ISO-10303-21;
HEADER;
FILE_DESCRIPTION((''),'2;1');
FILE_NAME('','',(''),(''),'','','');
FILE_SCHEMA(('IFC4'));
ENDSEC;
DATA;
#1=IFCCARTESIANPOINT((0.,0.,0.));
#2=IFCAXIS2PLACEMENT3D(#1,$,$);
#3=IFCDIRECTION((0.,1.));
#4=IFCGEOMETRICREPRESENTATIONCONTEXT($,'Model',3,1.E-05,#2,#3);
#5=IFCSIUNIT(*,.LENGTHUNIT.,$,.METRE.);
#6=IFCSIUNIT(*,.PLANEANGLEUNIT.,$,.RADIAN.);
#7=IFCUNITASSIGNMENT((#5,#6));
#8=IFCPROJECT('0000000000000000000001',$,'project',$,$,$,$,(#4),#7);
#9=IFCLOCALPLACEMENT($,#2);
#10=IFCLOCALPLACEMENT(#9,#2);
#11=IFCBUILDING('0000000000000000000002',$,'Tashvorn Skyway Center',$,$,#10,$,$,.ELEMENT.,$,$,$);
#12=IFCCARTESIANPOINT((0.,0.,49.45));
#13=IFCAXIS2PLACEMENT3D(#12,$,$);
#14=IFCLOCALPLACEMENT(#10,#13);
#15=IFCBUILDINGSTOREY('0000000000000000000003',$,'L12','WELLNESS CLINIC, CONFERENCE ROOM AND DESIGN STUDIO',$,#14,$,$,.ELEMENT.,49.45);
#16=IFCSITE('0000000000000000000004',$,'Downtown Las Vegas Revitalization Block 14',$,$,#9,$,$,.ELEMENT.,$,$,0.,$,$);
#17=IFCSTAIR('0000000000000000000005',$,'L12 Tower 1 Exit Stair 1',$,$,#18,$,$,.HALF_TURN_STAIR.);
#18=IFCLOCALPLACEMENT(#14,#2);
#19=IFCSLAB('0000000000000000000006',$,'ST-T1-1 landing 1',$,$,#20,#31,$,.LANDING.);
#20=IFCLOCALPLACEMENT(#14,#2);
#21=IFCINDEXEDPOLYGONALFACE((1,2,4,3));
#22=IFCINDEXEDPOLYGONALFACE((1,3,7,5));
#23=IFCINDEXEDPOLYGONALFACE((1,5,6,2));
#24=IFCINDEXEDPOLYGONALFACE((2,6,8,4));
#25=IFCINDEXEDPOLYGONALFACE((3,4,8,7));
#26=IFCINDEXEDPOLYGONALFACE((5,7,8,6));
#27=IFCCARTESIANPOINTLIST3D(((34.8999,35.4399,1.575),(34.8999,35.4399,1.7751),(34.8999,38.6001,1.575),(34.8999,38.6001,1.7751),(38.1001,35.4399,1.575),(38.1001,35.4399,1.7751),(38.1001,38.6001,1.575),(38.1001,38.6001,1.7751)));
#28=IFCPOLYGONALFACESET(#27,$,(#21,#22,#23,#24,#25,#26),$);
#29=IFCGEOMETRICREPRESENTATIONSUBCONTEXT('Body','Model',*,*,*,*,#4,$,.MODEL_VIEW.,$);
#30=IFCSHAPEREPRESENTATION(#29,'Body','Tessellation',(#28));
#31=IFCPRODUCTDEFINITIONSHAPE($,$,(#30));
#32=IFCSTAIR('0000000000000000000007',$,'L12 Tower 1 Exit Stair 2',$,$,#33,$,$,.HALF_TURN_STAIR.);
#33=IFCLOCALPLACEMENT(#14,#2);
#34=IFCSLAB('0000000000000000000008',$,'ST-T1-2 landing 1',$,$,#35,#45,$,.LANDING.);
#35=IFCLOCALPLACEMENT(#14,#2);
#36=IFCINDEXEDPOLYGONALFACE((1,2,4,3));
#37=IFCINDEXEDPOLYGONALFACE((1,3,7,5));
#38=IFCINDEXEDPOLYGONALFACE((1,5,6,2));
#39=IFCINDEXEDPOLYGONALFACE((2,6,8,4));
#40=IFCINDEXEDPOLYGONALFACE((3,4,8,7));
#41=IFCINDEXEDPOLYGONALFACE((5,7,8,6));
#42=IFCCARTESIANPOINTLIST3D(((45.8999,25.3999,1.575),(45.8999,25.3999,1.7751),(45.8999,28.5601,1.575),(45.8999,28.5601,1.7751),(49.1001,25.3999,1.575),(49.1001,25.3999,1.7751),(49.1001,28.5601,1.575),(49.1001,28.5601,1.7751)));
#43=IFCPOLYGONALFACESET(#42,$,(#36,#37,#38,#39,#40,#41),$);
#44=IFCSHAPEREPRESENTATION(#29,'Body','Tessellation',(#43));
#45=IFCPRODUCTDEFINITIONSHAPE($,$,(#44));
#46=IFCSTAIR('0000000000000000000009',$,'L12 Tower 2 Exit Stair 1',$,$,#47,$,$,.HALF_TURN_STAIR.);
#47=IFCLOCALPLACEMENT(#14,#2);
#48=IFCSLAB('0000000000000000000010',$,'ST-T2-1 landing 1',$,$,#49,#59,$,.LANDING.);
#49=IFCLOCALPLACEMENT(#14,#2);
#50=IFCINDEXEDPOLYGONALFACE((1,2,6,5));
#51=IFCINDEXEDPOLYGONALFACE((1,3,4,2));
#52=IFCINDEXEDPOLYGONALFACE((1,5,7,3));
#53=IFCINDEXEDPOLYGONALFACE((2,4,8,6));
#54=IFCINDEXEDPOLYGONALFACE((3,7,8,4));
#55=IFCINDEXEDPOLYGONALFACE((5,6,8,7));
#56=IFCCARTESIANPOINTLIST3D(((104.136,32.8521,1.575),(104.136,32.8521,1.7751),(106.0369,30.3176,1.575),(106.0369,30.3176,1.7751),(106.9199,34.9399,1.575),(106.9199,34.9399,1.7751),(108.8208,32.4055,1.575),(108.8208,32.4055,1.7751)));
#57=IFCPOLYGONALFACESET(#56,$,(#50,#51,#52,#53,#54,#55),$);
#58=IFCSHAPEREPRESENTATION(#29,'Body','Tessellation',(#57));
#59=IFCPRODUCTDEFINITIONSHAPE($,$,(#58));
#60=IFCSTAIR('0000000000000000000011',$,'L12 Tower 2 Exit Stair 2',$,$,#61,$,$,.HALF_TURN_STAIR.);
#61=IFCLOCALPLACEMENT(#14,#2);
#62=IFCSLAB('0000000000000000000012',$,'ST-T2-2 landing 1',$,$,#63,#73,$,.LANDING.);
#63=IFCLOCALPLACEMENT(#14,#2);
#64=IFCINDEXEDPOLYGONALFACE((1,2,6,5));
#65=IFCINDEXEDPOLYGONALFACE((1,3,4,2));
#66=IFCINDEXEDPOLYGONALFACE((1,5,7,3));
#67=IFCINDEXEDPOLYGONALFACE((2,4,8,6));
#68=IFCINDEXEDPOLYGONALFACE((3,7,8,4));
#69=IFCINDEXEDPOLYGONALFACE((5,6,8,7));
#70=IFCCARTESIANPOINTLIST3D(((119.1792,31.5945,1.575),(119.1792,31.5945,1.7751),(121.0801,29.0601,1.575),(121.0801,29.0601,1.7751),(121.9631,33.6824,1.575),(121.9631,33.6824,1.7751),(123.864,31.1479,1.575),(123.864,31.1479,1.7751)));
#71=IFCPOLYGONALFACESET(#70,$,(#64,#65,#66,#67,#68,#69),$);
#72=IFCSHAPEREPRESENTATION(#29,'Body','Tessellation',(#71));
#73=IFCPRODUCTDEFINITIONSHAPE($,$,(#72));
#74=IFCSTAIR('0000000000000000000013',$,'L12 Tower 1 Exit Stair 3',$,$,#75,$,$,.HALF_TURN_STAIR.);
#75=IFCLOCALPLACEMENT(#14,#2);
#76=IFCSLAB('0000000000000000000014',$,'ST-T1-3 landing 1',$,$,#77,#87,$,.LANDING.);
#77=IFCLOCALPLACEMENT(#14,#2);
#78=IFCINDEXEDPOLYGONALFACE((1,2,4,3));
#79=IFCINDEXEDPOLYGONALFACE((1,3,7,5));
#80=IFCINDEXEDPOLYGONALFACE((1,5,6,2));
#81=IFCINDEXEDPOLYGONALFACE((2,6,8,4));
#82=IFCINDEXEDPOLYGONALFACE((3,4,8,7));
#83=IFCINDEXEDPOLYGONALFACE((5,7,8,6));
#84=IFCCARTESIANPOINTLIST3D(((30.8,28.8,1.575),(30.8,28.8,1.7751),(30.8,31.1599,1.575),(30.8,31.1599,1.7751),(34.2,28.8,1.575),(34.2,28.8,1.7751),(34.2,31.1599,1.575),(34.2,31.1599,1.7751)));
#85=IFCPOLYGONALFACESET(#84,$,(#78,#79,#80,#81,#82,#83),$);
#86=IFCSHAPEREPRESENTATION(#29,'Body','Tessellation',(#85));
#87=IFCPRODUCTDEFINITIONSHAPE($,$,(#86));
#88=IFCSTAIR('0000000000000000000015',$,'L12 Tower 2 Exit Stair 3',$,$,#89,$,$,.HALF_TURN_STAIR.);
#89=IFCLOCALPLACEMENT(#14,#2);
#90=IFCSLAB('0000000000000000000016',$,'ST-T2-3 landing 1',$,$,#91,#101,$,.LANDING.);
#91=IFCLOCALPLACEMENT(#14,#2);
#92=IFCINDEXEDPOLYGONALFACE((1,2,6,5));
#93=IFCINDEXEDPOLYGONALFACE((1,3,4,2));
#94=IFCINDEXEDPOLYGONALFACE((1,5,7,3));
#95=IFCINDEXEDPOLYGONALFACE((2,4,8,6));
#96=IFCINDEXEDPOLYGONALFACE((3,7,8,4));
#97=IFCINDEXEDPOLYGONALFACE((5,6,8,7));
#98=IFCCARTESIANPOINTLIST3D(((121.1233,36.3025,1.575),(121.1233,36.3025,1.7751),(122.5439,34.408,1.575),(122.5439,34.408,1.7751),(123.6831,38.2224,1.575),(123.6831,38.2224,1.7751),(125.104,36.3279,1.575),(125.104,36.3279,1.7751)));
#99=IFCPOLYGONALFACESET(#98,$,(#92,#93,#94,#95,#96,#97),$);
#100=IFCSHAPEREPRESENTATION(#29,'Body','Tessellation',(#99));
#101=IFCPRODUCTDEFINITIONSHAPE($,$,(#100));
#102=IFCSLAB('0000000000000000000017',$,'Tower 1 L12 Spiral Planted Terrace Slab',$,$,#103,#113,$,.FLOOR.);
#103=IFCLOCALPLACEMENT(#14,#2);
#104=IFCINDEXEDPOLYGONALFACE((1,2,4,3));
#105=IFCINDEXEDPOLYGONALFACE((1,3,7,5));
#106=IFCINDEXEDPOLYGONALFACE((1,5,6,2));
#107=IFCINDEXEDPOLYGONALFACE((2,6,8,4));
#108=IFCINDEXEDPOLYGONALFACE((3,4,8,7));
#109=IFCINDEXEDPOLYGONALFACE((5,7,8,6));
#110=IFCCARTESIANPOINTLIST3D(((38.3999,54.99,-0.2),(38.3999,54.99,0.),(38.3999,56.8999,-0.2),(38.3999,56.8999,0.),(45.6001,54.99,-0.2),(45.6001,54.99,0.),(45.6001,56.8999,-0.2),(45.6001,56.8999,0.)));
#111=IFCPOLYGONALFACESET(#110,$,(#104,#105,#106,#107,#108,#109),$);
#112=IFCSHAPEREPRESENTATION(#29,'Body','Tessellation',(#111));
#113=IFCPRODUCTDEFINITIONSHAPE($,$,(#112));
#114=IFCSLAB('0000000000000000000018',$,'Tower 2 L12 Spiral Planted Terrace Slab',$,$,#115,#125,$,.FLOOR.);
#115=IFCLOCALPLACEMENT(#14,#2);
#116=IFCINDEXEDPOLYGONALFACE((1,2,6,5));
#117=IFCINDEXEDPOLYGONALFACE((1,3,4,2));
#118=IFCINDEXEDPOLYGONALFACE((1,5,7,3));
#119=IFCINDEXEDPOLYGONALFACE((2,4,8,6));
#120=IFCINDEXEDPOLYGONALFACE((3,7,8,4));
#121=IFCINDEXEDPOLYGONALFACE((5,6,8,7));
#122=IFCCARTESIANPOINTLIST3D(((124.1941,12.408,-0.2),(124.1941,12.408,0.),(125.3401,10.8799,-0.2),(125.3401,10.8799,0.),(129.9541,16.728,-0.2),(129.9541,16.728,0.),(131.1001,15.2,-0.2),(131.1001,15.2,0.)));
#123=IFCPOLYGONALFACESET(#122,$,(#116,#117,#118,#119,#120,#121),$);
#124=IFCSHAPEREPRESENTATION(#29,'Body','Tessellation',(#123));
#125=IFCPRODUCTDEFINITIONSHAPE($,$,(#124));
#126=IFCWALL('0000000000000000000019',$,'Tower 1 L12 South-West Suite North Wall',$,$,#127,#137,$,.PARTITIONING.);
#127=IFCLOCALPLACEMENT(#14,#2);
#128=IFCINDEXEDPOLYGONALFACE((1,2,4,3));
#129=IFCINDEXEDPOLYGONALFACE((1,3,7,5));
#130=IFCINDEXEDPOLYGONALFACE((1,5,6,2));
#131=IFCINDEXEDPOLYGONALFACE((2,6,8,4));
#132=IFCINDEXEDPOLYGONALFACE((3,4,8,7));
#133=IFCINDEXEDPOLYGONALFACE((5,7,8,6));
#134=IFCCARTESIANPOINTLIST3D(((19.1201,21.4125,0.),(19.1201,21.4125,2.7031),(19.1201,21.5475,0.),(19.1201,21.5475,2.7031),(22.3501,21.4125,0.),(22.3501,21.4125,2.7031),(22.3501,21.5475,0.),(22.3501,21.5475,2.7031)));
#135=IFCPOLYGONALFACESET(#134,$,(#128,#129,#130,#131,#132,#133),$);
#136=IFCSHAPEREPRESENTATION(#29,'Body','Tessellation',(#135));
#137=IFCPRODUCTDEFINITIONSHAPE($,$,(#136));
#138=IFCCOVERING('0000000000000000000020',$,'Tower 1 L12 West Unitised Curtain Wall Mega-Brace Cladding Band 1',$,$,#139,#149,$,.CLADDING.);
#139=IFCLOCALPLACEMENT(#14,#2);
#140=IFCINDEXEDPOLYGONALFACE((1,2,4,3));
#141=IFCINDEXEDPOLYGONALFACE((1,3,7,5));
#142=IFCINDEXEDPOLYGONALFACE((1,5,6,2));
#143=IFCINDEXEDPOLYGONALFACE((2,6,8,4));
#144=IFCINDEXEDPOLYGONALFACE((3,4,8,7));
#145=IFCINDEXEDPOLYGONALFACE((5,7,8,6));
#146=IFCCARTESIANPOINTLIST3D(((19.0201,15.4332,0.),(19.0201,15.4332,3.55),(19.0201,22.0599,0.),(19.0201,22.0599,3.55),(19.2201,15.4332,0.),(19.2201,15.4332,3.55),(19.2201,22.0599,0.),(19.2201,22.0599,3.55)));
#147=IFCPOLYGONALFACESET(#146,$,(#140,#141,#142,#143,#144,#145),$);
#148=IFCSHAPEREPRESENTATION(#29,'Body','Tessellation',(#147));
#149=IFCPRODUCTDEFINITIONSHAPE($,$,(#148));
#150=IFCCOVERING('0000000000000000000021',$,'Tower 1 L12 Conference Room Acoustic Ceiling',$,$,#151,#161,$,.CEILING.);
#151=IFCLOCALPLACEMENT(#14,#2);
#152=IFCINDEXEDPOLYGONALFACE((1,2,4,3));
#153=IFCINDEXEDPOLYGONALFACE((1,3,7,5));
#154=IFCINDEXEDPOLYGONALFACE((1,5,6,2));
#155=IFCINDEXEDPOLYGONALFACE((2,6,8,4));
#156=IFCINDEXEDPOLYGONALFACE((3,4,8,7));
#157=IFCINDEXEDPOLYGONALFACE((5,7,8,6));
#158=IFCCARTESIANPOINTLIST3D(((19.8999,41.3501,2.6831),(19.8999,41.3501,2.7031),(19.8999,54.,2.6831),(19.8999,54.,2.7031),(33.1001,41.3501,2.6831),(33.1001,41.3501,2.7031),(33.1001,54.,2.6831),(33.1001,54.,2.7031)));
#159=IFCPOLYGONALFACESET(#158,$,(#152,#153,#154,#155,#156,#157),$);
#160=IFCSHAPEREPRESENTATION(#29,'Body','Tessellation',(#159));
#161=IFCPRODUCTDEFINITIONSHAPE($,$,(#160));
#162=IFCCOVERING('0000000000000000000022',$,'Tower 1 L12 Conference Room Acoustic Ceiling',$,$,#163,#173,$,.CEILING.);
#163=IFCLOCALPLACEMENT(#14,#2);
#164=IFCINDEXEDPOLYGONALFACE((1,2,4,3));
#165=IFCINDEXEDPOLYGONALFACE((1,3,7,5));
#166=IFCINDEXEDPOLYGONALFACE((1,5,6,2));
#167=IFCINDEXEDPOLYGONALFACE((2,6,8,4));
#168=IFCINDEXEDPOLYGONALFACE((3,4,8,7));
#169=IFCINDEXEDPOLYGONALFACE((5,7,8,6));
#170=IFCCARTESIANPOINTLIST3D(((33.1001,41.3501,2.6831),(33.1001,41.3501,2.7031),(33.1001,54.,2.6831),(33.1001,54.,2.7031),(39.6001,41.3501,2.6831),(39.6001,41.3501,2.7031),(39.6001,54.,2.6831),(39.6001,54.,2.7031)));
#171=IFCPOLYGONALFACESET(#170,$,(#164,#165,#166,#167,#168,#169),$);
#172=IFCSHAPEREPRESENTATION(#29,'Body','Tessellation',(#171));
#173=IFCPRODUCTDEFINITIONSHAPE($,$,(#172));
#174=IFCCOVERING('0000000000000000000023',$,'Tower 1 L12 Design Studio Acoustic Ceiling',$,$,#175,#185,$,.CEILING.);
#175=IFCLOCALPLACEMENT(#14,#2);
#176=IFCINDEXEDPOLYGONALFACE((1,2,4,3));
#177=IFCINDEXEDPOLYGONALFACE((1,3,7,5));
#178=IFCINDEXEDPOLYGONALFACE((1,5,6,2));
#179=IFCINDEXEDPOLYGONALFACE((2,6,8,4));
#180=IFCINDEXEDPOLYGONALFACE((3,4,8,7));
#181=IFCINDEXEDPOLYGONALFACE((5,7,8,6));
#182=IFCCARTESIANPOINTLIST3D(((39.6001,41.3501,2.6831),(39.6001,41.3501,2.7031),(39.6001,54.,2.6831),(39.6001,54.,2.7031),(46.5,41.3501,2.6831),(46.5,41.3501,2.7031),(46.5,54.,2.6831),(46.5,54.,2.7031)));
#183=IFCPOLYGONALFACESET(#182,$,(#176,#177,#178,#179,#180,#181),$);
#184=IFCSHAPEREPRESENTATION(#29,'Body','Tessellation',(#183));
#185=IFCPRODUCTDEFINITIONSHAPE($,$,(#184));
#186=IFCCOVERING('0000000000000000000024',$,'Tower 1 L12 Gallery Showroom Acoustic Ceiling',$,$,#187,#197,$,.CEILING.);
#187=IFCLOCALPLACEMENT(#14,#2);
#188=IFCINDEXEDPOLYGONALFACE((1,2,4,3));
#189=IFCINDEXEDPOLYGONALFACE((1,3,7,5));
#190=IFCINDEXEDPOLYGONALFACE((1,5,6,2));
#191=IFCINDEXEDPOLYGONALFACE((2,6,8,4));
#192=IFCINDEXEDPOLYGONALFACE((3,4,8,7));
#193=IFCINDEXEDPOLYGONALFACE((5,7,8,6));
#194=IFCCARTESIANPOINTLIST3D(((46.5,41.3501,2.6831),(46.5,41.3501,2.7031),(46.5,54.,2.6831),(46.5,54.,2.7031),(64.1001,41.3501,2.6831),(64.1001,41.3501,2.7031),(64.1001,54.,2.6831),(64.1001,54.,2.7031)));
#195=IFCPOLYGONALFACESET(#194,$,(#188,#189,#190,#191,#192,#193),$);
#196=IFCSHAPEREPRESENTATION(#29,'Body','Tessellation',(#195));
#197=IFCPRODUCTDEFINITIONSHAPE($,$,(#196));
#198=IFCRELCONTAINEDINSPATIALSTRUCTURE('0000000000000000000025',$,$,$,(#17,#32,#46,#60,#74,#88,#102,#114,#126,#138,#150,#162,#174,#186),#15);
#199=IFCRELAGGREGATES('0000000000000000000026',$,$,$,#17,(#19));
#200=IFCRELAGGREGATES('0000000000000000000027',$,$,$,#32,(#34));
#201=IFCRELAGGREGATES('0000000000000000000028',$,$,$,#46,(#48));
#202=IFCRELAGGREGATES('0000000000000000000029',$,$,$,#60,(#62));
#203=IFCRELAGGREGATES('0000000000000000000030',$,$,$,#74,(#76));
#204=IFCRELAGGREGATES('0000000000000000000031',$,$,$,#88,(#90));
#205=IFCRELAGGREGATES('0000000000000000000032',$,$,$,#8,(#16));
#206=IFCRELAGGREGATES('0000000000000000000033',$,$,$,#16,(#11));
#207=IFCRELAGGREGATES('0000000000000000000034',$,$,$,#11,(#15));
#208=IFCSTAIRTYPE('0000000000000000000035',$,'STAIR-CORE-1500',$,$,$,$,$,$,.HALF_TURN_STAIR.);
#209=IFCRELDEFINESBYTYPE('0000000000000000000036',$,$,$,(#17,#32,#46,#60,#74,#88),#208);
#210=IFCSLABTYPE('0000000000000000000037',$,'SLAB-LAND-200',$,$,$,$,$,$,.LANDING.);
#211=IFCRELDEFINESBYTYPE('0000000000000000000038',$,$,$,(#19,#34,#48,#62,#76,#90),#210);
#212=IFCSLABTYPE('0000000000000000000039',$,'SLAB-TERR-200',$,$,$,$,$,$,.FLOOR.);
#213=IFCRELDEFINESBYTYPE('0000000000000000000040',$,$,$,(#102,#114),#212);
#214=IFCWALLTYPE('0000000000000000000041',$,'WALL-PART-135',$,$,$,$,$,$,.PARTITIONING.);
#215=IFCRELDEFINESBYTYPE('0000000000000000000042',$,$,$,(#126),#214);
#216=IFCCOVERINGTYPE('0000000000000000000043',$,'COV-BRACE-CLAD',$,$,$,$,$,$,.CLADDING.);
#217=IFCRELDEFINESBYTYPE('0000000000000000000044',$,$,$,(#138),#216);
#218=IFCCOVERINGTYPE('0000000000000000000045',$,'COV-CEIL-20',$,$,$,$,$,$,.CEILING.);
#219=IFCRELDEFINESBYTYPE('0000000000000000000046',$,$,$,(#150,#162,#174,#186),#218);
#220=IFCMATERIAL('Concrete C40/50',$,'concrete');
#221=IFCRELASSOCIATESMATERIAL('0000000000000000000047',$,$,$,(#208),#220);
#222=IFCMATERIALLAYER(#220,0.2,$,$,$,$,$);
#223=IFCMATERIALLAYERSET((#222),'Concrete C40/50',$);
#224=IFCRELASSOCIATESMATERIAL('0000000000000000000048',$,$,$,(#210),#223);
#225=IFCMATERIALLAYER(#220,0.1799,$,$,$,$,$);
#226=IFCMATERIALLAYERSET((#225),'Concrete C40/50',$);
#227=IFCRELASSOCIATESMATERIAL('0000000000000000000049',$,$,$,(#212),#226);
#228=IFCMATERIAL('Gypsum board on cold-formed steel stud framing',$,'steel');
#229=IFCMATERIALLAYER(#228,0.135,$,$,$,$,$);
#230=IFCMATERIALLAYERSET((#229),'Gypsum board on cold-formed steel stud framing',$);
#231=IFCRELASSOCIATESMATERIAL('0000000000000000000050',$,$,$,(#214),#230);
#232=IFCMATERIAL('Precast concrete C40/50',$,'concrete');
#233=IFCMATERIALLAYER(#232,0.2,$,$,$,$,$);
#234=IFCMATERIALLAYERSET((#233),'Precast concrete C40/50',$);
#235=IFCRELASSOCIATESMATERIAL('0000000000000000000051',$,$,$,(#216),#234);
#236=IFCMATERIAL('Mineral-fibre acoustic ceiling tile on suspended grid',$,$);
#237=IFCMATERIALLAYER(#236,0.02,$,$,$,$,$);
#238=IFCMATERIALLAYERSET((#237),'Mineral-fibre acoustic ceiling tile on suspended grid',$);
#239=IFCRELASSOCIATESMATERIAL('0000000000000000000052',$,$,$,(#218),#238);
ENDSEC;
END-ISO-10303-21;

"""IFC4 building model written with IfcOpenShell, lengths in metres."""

from ifc_helpers import new_model, si_unit, direction, frame, frame_2d, origin, origin_2d, place, context, subcontext, project, spatial, polyline, rectangle, outline, extrude, material, layer, layer_set, type_object, element, aggregate, save


model = new_model("IFC4")

# Units and contexts
model_context = context("Model", 3, precision=1e-05, world=origin(), true_north=direction((0.0, 1.0)))
body_context = subcontext(model_context, "Body", "Model", "MODEL_VIEW")
ifc_project = project(units=[si_unit("LENGTHUNIT", "METRE"), si_unit("PLANEANGLEUNIT", "RADIAN")], contexts=[model_context])

# Site, building, storey
site_placement = place(None, origin())
site = spatial("IfcSite", under=ifc_project, at=site_placement, Name="Downtown Las Vegas Revitalization Block 14", CompositionType="ELEMENT", RefElevation=0.0)
building_placement = place(site_placement, origin())
building = spatial("IfcBuilding", under=site, at=building_placement, Name="Tashvorn Skyway Center", CompositionType="ELEMENT")
storey_placement = place(building_placement, frame((0.0, 0.0, 49.45)))
storey = spatial("IfcBuildingStorey", under=building, at=storey_placement, Name="L12", Description="WELLNESS CLINIC, CONFERENCE ROOM AND DESIGN STUDIO", CompositionType="ELEMENT", Elevation=49.45)

# Shared definitions
ifc_material_1 = material(Name="Concrete C40/50", Category="concrete")

# Stairs, slabs
stair_type = type_object("IfcStairType", Name="STAIR-CORE-1500", PredefinedType="HALF_TURN_STAIR", material=ifc_material_1)
stair_1_placement = place(storey_placement, origin())
stair_1 = element("IfcStair", 1, at=stair_1_placement, inside=storey, type_object=stair_type, Name="L12 Tower 1 Exit Stair 1", PredefinedType="HALF_TURN_STAIR")
ifc_layer_1 = layer(ifc_material_1, 0.2)
ifc_layer_set_1 = layer_set([ifc_layer_1], Name="Concrete C40/50")
slab_type_1 = type_object("IfcSlabType", Name="SLAB-LAND-200", PredefinedType="LANDING", material=ifc_layer_set_1)
slab_1_placement = place(storey_placement, frame((0.0, 0.0, 1.575)))
slab_1 = element("IfcSlab", 2, at=slab_1_placement, type_object=slab_type_1, Name="ST-T1-1 landing 1", PredefinedType="LANDING", context=body_context, shape_type="SweptSolid", body=[
    extrude(outline(polyline([(38.1001, 35.4399), (38.1001, 38.6001), (34.8999, 38.6001), (34.8999, 35.4399), (38.1001, 35.4399)])), origin(), (0.0, 0.0, 1.0), 0.2002),
])
aggregate(stair_1, [slab_1])
stair_2_placement = place(storey_placement, origin())
stair_2 = element("IfcStair", 3, at=stair_2_placement, inside=storey, type_object=stair_type, Name="L12 Tower 1 Exit Stair 2", PredefinedType="HALF_TURN_STAIR")
slab_2_placement = place(storey_placement, frame((0.0, 0.0, 1.575)))
slab_2 = element("IfcSlab", 4, at=slab_2_placement, type_object=slab_type_1, Name="ST-T1-2 landing 1", PredefinedType="LANDING", context=body_context, shape_type="SweptSolid", body=[
    extrude(outline(polyline([(45.8999, 28.5601), (45.8999, 25.3999), (49.1001, 25.3999), (49.1001, 28.5601), (45.8999, 28.5601)])), origin(), (0.0, 0.0, 1.0), 0.2002),
])
aggregate(stair_2, [slab_2])
stair_3_placement = place(storey_placement, origin())
stair_3 = element("IfcStair", 5, at=stair_3_placement, inside=storey, type_object=stair_type, Name="L12 Tower 2 Exit Stair 1", PredefinedType="HALF_TURN_STAIR")
slab_3_placement = place(storey_placement, frame((0.0, 0.0, 1.575)))
slab_3 = element("IfcSlab", 6, at=slab_3_placement, type_object=slab_type_1, Name="ST-T2-1 landing 1", PredefinedType="LANDING", context=body_context, shape_type="SweptSolid", body=[
    extrude(outline(polyline([(108.8208, 32.4055), (106.9199, 34.9399), (104.136, 32.8521), (106.0369, 30.3176), (108.8208, 32.4055)])), origin(), (0.0, 0.0, 1.0), 0.2002),
])
aggregate(stair_3, [slab_3])
stair_4_placement = place(storey_placement, origin())
stair_4 = element("IfcStair", 7, at=stair_4_placement, inside=storey, type_object=stair_type, Name="L12 Tower 2 Exit Stair 2", PredefinedType="HALF_TURN_STAIR")
slab_4_placement = place(storey_placement, frame((0.0, 0.0, 1.575)))
slab_4 = element("IfcSlab", 8, at=slab_4_placement, type_object=slab_type_1, Name="ST-T2-2 landing 1", PredefinedType="LANDING", context=body_context, shape_type="SweptSolid", body=[
    extrude(outline(polyline([(119.1792, 31.5945), (121.0801, 29.0601), (123.864, 31.1479), (121.9631, 33.6824), (119.1792, 31.5945)])), origin(), (0.0, 0.0, 1.0), 0.2002),
])
aggregate(stair_4, [slab_4])
stair_5_placement = place(storey_placement, origin())
stair_5 = element("IfcStair", 9, at=stair_5_placement, inside=storey, type_object=stair_type, Name="L12 Tower 1 Exit Stair 3", PredefinedType="HALF_TURN_STAIR")
slab_5_placement = place(storey_placement, frame((0.0, 0.0, 1.575)))
slab_5 = element("IfcSlab", 10, at=slab_5_placement, type_object=slab_type_1, Name="ST-T1-3 landing 1", PredefinedType="LANDING", context=body_context, shape_type="SweptSolid", body=[
    extrude(outline(polyline([(30.8, 31.1599), (30.8, 28.8), (34.2, 28.8), (34.2, 31.1599), (30.8, 31.1599)])), origin(), (0.0, 0.0, 1.0), 0.2002),
])
aggregate(stair_5, [slab_5])
stair_6_placement = place(storey_placement, origin())
stair_6 = element("IfcStair", 11, at=stair_6_placement, inside=storey, type_object=stair_type, Name="L12 Tower 2 Exit Stair 3", PredefinedType="HALF_TURN_STAIR")
slab_6_placement = place(storey_placement, frame((0.0, 0.0, 1.575)))
slab_6 = element("IfcSlab", 12, at=slab_6_placement, type_object=slab_type_1, Name="ST-T2-3 landing 1", PredefinedType="LANDING", context=body_context, shape_type="SweptSolid", body=[
    extrude(outline(polyline([(121.1233, 36.3025), (122.5439, 34.408), (125.104, 36.3279), (123.6831, 38.2224), (121.1233, 36.3025)])), origin(), (0.0, 0.0, 1.0), 0.2002),
])
aggregate(stair_6, [slab_6])

# Slabs
ifc_layer_2 = layer(ifc_material_1, 0.1799)
ifc_layer_set_2 = layer_set([ifc_layer_2], Name="Concrete C40/50")
slab_type_2 = type_object("IfcSlabType", Name="SLAB-TERR-200", PredefinedType="FLOOR", material=ifc_layer_set_2)
slab_7_placement = place(storey_placement, frame((0.0, 0.0, -0.2)))
element("IfcSlab", 13, at=slab_7_placement, inside=storey, type_object=slab_type_2, Name="Tower 1 L12 Spiral Planted Terrace Slab", PredefinedType="FLOOR", context=body_context, shape_type="SweptSolid", body=[
    extrude(outline(polyline([(38.3999, 54.99), (45.6001, 54.99), (45.6001, 56.8999), (38.3999, 56.8999), (38.3999, 54.99)])), origin(), (0.0, 0.0, 1.0), 0.2),
])
slab_8_placement = place(storey_placement, frame((0.0, 0.0, -0.2)))
element("IfcSlab", 14, at=slab_8_placement, inside=storey, type_object=slab_type_2, Name="Tower 2 L12 Spiral Planted Terrace Slab", PredefinedType="FLOOR", context=body_context, shape_type="SweptSolid", body=[
    extrude(outline(polyline([(125.3401, 10.8799), (131.1001, 15.2), (129.9541, 16.728), (124.1941, 12.408), (125.3401, 10.8799)])), origin(), (0.0, 0.0, 1.0), 0.2),
])

# Wall
ifc_material_2 = material(Name="Gypsum board on cold-formed steel stud framing", Category="steel")
ifc_layer_3 = layer(ifc_material_2, 0.135)
ifc_layer_set_3 = layer_set([ifc_layer_3], Name="Gypsum board on cold-formed steel stud framing")
wall_type = type_object("IfcWallType", Name="WALL-PART-135", PredefinedType="PARTITIONING", material=ifc_layer_set_3)
wall_placement = place(storey_placement, frame((19.1201, 21.48, 0.0), z_axis=(0.0, 0.0, 1.0), x_axis=(1.0, 0.0, 0.0)))
element("IfcWall", 15, at=wall_placement, inside=storey, type_object=wall_type, Name="Tower 1 L12 South-West Suite North Wall", PredefinedType="PARTITIONING", context=body_context, shape_type="SweptSolid", body=[
    extrude(rectangle(XDim=3.23, YDim=0.135, at=frame_2d((1.615, 0.0))), origin(), (0.0, 0.0, 1.0), 2.7031),
])

# Coverings
ifc_material_3 = material(Name="Precast concrete C40/50", Category="concrete")
ifc_layer_4 = layer(ifc_material_3, 0.2)
ifc_layer_set_4 = layer_set([ifc_layer_4], Name="Precast concrete C40/50")
covering_type_1 = type_object("IfcCoveringType", Name="COV-BRACE-CLAD", PredefinedType="CLADDING", material=ifc_layer_set_4)
covering_1_placement = place(storey_placement, frame((19.1201, 18.7466, 0.0), z_axis=(0.0, 0.0, 1.0), x_axis=(0.0, 1.0, 0.0)))
element("IfcCovering", 16, at=covering_1_placement, inside=storey, type_object=covering_type_1, Name="Tower 1 L12 West Unitised Curtain Wall Mega-Brace Cladding Band 1", PredefinedType="CLADDING", context=body_context, shape_type="SweptSolid", body=[
    extrude(rectangle(XDim=6.6267, YDim=0.2, at=origin_2d()), origin(), (0.0, 0.0, 1.0), 3.55),
])
ifc_material_4 = material(Name="Mineral-fibre acoustic ceiling tile on suspended grid")
ifc_layer_5 = layer(ifc_material_4, 0.02)
ifc_layer_set_5 = layer_set([ifc_layer_5], Name="Mineral-fibre acoustic ceiling tile on suspended grid")
covering_type_2 = type_object("IfcCoveringType", Name="COV-CEIL-20", PredefinedType="CEILING", material=ifc_layer_set_5)
covering_2_placement = place(storey_placement, frame((0.0, 0.0, 2.6831)))
element("IfcCovering", 17, at=covering_2_placement, inside=storey, type_object=covering_type_2, Name="Tower 1 L12 Conference Room Acoustic Ceiling", PredefinedType="CEILING", context=body_context, shape_type="SweptSolid", body=[
    extrude(outline(polyline([(19.8999, 41.3501), (33.1001, 41.3501), (33.1001, 54.0), (19.8999, 54.0), (19.8999, 41.3501)])), origin(), (0.0, 0.0, 1.0), 0.02),
])
covering_3_placement = place(storey_placement, frame((0.0, 0.0, 2.6831)))
element("IfcCovering", 18, at=covering_3_placement, inside=storey, type_object=covering_type_2, Name="Tower 1 L12 Conference Room Acoustic Ceiling", PredefinedType="CEILING", context=body_context, shape_type="SweptSolid", body=[
    extrude(outline(polyline([(33.1001, 41.3501), (39.6001, 41.3501), (39.6001, 54.0), (33.1001, 54.0), (33.1001, 41.3501)])), origin(), (0.0, 0.0, 1.0), 0.02),
])
covering_4_placement = place(storey_placement, frame((0.0, 0.0, 2.6831)))
element("IfcCovering", 19, at=covering_4_placement, inside=storey, type_object=covering_type_2, Name="Tower 1 L12 Design Studio Acoustic Ceiling", PredefinedType="CEILING", context=body_context, shape_type="SweptSolid", body=[
    extrude(outline(polyline([(39.6001, 41.3501), (46.5, 41.3501), (46.5, 54.0), (39.6001, 54.0), (39.6001, 41.3501)])), origin(), (0.0, 0.0, 1.0), 0.02),
])
covering_5_placement = place(storey_placement, frame((0.0, 0.0, 2.6831)))
element("IfcCovering", 20, at=covering_5_placement, inside=storey, type_object=covering_type_2, Name="Tower 1 L12 Gallery Showroom Acoustic Ceiling", PredefinedType="CEILING", context=body_context, shape_type="SweptSolid", body=[
    extrude(outline(polyline([(46.5, 41.3501), (64.1001, 41.3501), (64.1001, 54.0), (46.5, 54.0), (46.5, 41.3501)])), origin(), (0.0, 0.0, 1.0), 0.02),
])

save(model, "model.ifc")
